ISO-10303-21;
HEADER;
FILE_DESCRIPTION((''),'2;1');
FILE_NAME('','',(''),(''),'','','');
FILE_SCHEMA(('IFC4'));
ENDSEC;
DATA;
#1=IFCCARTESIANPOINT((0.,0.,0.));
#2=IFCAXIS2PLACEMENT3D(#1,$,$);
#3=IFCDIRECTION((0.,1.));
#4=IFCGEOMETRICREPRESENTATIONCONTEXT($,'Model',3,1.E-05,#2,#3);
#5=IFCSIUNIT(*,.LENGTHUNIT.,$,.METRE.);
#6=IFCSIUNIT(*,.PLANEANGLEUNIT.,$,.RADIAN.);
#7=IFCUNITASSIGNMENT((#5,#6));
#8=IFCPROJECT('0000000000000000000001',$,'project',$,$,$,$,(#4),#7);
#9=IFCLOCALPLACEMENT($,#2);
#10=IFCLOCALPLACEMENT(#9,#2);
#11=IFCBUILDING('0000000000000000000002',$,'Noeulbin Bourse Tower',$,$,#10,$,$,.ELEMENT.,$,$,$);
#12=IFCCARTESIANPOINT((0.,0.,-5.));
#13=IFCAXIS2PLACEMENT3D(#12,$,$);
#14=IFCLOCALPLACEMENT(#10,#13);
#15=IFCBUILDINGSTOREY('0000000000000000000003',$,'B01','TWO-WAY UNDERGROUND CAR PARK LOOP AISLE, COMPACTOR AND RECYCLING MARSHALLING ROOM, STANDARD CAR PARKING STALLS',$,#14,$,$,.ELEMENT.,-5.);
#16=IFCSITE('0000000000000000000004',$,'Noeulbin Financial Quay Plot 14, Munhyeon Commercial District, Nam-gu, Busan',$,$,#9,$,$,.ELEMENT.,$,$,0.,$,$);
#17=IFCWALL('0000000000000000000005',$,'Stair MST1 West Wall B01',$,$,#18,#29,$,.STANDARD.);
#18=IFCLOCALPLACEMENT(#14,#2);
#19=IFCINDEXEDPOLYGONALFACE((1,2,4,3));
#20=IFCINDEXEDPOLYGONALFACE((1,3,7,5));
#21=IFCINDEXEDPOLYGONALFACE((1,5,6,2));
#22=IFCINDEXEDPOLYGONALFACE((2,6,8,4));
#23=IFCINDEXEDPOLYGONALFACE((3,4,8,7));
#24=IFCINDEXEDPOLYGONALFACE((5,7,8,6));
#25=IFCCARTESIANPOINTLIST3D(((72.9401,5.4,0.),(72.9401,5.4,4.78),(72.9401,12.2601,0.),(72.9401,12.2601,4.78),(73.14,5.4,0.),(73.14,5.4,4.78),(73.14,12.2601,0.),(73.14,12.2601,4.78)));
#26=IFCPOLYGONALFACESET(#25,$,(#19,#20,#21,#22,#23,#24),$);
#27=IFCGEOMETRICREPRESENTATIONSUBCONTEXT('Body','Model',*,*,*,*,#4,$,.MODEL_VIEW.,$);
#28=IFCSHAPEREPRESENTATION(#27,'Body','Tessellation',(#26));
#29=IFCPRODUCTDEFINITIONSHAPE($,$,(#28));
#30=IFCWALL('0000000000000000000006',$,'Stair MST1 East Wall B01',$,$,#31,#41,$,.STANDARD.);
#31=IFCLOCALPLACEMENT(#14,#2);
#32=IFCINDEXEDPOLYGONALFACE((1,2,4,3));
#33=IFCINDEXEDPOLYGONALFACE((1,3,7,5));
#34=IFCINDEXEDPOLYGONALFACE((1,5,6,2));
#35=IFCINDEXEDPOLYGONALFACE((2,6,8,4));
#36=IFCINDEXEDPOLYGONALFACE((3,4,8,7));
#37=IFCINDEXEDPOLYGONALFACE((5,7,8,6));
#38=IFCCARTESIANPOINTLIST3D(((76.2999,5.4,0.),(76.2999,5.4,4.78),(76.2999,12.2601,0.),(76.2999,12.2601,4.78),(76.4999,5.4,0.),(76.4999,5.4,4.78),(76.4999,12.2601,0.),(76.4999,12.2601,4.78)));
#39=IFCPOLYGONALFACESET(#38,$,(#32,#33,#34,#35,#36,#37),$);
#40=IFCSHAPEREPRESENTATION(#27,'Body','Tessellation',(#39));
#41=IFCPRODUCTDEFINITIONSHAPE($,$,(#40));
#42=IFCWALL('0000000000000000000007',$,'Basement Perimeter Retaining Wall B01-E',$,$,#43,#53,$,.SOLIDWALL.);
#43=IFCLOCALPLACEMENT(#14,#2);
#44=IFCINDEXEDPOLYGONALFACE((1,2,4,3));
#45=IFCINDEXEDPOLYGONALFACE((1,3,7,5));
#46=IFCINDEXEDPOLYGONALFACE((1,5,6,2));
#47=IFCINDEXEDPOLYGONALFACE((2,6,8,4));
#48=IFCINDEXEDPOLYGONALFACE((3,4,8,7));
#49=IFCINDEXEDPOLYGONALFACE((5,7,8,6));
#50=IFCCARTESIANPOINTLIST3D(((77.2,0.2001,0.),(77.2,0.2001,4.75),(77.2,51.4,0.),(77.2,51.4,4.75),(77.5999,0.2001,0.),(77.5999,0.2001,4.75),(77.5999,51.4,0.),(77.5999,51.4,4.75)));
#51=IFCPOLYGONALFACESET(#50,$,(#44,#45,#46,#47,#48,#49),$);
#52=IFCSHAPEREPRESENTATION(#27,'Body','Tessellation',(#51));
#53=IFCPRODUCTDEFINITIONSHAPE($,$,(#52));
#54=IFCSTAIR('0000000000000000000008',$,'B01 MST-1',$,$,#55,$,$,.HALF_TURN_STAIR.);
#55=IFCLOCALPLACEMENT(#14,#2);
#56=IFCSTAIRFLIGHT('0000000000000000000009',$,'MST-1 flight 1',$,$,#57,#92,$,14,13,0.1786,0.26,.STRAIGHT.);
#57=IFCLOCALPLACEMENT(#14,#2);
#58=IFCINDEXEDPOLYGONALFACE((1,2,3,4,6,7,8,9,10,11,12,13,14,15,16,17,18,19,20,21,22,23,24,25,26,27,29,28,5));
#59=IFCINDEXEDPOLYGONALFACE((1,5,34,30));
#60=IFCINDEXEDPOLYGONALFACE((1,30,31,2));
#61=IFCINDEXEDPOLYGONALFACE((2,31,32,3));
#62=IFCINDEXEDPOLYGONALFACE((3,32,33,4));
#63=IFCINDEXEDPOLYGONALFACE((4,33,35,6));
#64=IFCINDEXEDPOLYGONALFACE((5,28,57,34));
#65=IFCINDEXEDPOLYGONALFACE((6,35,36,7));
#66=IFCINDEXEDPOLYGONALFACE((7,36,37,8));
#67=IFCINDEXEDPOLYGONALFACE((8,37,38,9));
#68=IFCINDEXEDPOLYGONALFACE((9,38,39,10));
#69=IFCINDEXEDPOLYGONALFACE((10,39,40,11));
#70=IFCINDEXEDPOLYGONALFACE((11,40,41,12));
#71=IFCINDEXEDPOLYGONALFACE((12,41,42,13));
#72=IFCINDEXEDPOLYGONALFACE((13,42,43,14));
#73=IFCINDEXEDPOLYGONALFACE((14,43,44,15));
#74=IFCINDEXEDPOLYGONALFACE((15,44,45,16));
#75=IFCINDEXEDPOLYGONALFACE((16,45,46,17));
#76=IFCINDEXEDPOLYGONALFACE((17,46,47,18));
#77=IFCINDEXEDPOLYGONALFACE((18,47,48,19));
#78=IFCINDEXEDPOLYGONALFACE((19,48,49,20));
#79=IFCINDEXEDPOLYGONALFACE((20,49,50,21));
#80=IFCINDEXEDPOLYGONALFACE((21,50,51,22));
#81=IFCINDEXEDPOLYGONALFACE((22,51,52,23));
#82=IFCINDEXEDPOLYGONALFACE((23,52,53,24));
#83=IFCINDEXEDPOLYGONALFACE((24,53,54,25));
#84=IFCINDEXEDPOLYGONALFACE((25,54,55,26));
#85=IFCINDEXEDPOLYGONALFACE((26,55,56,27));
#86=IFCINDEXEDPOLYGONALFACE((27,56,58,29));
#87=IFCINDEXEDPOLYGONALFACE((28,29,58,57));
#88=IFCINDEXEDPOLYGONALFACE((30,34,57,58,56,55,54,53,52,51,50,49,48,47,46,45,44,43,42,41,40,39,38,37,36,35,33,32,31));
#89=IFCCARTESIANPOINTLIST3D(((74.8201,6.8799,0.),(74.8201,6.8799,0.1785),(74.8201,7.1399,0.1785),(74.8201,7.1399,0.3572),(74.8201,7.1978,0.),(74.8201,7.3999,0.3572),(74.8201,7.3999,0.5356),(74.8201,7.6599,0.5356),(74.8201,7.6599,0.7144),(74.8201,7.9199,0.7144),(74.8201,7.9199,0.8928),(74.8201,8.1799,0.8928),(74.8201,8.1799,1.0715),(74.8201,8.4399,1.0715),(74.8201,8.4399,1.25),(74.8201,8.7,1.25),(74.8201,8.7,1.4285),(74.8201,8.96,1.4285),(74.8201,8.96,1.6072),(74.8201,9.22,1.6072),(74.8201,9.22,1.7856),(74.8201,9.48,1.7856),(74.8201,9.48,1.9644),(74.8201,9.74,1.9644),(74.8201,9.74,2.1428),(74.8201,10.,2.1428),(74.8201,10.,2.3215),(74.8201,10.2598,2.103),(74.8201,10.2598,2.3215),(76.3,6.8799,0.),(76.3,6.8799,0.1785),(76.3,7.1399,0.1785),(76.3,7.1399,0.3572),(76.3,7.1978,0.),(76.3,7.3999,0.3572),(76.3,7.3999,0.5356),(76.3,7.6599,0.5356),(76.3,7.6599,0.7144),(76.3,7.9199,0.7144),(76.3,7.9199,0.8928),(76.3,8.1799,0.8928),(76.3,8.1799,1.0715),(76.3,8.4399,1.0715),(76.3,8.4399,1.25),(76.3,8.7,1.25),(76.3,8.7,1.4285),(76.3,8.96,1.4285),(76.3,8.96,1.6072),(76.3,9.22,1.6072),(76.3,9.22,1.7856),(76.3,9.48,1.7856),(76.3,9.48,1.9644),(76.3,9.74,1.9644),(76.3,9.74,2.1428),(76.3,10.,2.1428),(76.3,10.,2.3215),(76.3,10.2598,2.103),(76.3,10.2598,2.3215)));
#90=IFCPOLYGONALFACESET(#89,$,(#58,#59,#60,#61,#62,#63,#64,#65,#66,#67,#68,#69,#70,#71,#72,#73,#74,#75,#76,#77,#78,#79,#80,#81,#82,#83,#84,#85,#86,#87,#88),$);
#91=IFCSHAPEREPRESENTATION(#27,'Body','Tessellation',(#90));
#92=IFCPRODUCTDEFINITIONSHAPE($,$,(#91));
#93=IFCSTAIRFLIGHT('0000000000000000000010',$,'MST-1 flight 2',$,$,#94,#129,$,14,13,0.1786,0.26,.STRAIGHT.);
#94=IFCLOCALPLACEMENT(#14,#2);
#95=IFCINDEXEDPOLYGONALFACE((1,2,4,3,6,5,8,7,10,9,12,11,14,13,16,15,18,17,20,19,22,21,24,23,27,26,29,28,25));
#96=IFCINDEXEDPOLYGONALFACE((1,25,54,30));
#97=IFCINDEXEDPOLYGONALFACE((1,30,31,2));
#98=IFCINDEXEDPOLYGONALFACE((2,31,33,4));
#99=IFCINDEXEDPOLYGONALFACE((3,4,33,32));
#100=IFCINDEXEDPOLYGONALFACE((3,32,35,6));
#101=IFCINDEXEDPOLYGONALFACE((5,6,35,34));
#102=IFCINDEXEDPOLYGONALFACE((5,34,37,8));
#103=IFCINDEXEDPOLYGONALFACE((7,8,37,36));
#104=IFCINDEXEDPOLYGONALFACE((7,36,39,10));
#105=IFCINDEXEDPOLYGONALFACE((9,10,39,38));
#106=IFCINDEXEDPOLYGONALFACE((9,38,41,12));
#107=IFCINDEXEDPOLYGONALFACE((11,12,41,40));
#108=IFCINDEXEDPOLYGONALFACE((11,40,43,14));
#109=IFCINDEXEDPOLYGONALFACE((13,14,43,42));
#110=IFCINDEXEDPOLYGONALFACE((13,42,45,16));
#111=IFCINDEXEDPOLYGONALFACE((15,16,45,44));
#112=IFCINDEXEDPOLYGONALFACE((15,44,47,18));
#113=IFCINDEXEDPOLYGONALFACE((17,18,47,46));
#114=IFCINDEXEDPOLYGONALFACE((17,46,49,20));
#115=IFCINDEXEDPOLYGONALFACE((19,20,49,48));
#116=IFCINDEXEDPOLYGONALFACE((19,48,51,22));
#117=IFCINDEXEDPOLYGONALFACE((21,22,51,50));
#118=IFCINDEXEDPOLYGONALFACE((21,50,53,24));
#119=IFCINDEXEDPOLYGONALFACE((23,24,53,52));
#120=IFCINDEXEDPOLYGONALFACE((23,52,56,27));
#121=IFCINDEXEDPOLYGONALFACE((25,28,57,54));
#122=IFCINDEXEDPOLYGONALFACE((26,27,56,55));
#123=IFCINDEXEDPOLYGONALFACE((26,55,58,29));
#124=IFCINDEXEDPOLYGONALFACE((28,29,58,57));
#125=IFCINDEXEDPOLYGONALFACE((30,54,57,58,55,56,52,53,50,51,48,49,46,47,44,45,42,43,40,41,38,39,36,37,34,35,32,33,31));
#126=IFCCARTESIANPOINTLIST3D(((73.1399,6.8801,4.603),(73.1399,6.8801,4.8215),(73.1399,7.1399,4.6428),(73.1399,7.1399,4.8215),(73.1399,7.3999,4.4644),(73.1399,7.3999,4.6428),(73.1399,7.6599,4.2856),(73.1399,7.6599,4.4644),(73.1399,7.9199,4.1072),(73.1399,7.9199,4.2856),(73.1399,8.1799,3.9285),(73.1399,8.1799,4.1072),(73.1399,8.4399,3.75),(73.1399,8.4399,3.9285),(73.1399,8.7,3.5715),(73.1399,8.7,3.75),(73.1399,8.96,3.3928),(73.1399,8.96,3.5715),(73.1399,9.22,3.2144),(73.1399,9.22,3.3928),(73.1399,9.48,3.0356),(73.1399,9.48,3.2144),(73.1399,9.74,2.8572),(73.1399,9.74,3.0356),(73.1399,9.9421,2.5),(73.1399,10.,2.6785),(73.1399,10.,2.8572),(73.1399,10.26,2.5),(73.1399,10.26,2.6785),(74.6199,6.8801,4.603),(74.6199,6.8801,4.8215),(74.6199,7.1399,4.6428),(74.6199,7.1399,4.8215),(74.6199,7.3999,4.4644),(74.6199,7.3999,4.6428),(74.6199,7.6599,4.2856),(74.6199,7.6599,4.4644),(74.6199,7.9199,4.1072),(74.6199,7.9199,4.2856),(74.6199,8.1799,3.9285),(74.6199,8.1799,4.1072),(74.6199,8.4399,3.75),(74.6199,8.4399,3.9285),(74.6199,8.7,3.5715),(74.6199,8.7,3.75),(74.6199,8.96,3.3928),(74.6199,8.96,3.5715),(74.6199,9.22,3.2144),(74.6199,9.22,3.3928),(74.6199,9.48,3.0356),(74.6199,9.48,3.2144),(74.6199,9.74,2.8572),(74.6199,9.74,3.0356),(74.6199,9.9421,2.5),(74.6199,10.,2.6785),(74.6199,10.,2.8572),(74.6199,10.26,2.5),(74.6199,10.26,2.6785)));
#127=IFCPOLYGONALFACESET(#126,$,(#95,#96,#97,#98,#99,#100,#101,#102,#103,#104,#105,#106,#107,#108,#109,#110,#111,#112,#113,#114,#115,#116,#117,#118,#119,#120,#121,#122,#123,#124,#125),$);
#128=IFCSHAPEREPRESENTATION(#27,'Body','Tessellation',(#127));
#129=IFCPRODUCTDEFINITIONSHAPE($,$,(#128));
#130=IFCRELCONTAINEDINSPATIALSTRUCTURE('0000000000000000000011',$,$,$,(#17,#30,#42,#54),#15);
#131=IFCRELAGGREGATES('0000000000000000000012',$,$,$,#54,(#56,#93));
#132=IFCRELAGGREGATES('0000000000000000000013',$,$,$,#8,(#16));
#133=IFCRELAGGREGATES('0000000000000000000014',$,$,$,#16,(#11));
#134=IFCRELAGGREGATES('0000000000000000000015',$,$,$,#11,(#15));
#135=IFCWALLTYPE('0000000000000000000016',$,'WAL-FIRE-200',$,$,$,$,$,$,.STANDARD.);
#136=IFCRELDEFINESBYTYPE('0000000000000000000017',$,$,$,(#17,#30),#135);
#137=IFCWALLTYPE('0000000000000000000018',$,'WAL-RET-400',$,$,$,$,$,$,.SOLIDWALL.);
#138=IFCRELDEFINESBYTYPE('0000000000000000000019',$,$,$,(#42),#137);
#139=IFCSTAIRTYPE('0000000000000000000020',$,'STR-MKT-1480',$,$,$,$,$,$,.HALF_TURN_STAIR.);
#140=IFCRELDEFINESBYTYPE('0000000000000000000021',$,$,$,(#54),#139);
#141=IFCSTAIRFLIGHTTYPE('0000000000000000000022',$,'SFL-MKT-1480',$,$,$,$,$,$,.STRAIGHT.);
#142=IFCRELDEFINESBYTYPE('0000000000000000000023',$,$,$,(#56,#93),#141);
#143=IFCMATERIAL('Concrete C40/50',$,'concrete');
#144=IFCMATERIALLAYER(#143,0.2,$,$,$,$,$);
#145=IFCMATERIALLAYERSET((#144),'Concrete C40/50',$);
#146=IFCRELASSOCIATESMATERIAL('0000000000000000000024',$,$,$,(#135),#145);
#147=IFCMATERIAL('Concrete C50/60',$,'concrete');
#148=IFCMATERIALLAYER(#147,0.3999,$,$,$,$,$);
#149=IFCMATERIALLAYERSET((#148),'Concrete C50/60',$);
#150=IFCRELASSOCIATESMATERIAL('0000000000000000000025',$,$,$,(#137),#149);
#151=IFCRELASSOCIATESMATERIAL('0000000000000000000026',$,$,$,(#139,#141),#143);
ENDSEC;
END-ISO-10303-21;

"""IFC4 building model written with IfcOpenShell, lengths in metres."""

from ifc_helpers import new_model, si_unit, direction, frame, frame_2d, origin, place, context, subcontext, project, spatial, polyline, rectangle, outline, extrude, material, layer, layer_set, type_object, element, aggregate, save


model = new_model("IFC4")

# Units and contexts
model_context = context("Model", 3, precision=1e-05, world=origin(), true_north=direction((0.0, 1.0)))
body_context = subcontext(model_context, "Body", "Model", "MODEL_VIEW")
ifc_project = project(units=[si_unit("LENGTHUNIT", "METRE"), si_unit("PLANEANGLEUNIT", "RADIAN")], contexts=[model_context])

# Site, building, storey
site_placement = place(None, origin())
site = spatial("IfcSite", under=ifc_project, at=site_placement, Name="Noeulbin Financial Quay Plot 14, Munhyeon Commercial District, Nam-gu, Busan", CompositionType="ELEMENT", RefElevation=0.0)
building_placement = place(site_placement, origin())
building = spatial("IfcBuilding", under=site, at=building_placement, Name="Noeulbin Bourse Tower", CompositionType="ELEMENT")
storey_placement = place(building_placement, frame((0.0, 0.0, -5.0)))
storey = spatial("IfcBuildingStorey", under=building, at=storey_placement, Name="B01", Description="TWO-WAY UNDERGROUND CAR PARK LOOP AISLE, COMPACTOR AND RECYCLING MARSHALLING ROOM, STANDARD CAR PARKING STALLS", CompositionType="ELEMENT", Elevation=-5.0)

# Shared definitions
ifc_material_1 = material(Name="Concrete C40/50", Category="concrete")
ifc_material_2 = material(Name="Concrete C50/60", Category="concrete")

# Shared definitions
ifc_layer_1 = layer(ifc_material_1, 0.2)
ifc_layer_set_1 = layer_set([ifc_layer_1], Name="Concrete C40/50")
wall_type_1 = type_object("IfcWallType", Name="WAL-FIRE-200", PredefinedType="STANDARD", material=ifc_layer_set_1)

# Walls
for number, where, z_axis, x_axis, name in (
    (1, (73.04, 5.3999, 0.0), (0.0, 0.0, 1.0), (0.0, 1.0, 0.0), "Stair MST1 West Wall B01"),
    (2, (76.3999, 5.3999, 0.0), (0.0, 0.0, 1.0), (0.0, 1.0, 0.0), "Stair MST1 East Wall B01"),
):
    element("IfcWall", number, at=place(storey_placement, frame(where, z_axis=z_axis, x_axis=x_axis)), inside=storey, type_object=wall_type_1, Name=name, PredefinedType="STANDARD", context=body_context, shape_type="SweptSolid", body=[
        extrude(rectangle(XDim=6.8601, YDim=0.2, at=frame_2d((3.4302, 0.0))), origin(), (0.0, 0.0, 1.0), 4.78),
    ])
ifc_layer_2 = layer(ifc_material_2, 0.3999)
ifc_layer_set_2 = layer_set([ifc_layer_2], Name="Concrete C50/60")
wall_type_2 = type_object("IfcWallType", Name="WAL-RET-400", PredefinedType="SOLIDWALL", material=ifc_layer_set_2)
wall_1_placement = place(storey_placement, frame((77.3999, 0.2, 0.0), z_axis=(0.0, 0.0, 1.0), x_axis=(0.0, 1.0, 0.0)))
element("IfcWall", 3, at=wall_1_placement, inside=storey, type_object=wall_type_2, Name="Basement Perimeter Retaining Wall B01-E", PredefinedType="SOLIDWALL", context=body_context, shape_type="SweptSolid", body=[
    extrude(rectangle(XDim=51.2, YDim=0.3999, at=frame_2d((25.6001, 0.0))), origin(), (0.0, 0.0, 1.0), 4.75),
])

# Stair, stair flights
stair_type = type_object("IfcStairType", Name="STR-MKT-1480", PredefinedType="HALF_TURN_STAIR", material=ifc_material_1)
stair_placement = place(storey_placement, origin())
stair = element("IfcStair", 4, at=stair_placement, inside=storey, type_object=stair_type, Name="B01 MST-1", PredefinedType="HALF_TURN_STAIR")
stair_flight_type = type_object("IfcStairFlightType", Name="SFL-MKT-1480", PredefinedType="STRAIGHT", material=ifc_material_1)
stair_flight_1_placement = place(storey_placement, frame((75.5601, 6.8799, 0.0), z_axis=(0.0, 0.0, 1.0), x_axis=(0.0, 1.0, 0.0)))
stair_flight_1 = element("IfcStairFlight", 5, at=stair_flight_1_placement, type_object=stair_flight_type, Name="MST-1 flight 1", NumberOfRisers=14, NumberOfTreads=13, PredefinedType="STRAIGHT", RiserHeight=0.1786, TreadLength=0.26, context=body_context, shape_type="SweptSolid", body=[
    extrude(outline(polyline([(0.0, 0.0), (0.0, 0.1785), (0.26, 0.1785), (0.26, 0.3572), (0.52, 0.3572), (0.52, 0.5356), (0.78, 0.5356), (0.78, 0.7144), (1.04, 0.7144), (1.04, 0.8928), (1.3, 0.8928), (1.3, 1.0715), (1.5601, 1.0715), (1.5601, 1.25), (1.8201, 1.25), (1.8201, 1.4285), (2.0801, 1.4285), (2.0801, 1.6072), (2.3401, 1.6072), (2.3401, 1.7856), (2.6001, 1.7856), (2.6001, 1.9644), (2.8601, 1.9644), (2.8601, 2.1428), (3.1201, 2.1428), (3.1201, 2.3215), (3.3799, 2.3215), (3.3799, 2.5), (3.3799, 2.103), (0.3179, 0.0), (0.0, 0.0)])), frame((0.0, 0.74, 0.0), z_axis=(0.0, -1.0, 0.0), x_axis=(1.0, 0.0, 0.0)), (0.0, 0.0, 1.0), 1.48),
])
stair_flight_2_placement = place(storey_placement, frame((73.8799, 10.26, 2.5), z_axis=(0.0, 0.0, 1.0), x_axis=(0.0, -1.0, 0.0)))
stair_flight_2 = element("IfcStairFlight", 6, at=stair_flight_2_placement, type_object=stair_flight_type, Name="MST-1 flight 2", NumberOfRisers=14, NumberOfTreads=13, PredefinedType="STRAIGHT", RiserHeight=0.1786, TreadLength=0.26, context=body_context, shape_type="SweptSolid", body=[
    extrude(outline(polyline([(0.0, 0.0), (0.0, 0.1785), (0.26, 0.1785), (0.26, 0.3572), (0.52, 0.3572), (0.52, 0.5356), (0.78, 0.5356), (0.78, 0.7144), (1.04, 0.7144), (1.04, 0.8928), (1.3, 0.8928), (1.3, 1.0715), (1.5601, 1.0715), (1.5601, 1.25), (1.8201, 1.25), (1.8201, 1.4285), (2.0801, 1.4285), (2.0801, 1.6072), (2.3401, 1.6072), (2.3401, 1.7856), (2.6001, 1.7856), (2.6001, 1.9644), (2.8601, 1.9644), (2.8601, 2.1428), (3.1201, 2.1428), (3.1201, 2.3215), (3.3799, 2.3215), (3.3799, 2.5), (3.3799, 2.103), (0.3179, 0.0), (0.0, 0.0)])), frame((0.0, 0.74, 0.0), z_axis=(0.0, -1.0, 0.0), x_axis=(1.0, 0.0, 0.0)), (0.0, 0.0, 1.0), 1.48),
])
aggregate(stair, [stair_flight_1, stair_flight_2])

save(model, "model.ifc")
